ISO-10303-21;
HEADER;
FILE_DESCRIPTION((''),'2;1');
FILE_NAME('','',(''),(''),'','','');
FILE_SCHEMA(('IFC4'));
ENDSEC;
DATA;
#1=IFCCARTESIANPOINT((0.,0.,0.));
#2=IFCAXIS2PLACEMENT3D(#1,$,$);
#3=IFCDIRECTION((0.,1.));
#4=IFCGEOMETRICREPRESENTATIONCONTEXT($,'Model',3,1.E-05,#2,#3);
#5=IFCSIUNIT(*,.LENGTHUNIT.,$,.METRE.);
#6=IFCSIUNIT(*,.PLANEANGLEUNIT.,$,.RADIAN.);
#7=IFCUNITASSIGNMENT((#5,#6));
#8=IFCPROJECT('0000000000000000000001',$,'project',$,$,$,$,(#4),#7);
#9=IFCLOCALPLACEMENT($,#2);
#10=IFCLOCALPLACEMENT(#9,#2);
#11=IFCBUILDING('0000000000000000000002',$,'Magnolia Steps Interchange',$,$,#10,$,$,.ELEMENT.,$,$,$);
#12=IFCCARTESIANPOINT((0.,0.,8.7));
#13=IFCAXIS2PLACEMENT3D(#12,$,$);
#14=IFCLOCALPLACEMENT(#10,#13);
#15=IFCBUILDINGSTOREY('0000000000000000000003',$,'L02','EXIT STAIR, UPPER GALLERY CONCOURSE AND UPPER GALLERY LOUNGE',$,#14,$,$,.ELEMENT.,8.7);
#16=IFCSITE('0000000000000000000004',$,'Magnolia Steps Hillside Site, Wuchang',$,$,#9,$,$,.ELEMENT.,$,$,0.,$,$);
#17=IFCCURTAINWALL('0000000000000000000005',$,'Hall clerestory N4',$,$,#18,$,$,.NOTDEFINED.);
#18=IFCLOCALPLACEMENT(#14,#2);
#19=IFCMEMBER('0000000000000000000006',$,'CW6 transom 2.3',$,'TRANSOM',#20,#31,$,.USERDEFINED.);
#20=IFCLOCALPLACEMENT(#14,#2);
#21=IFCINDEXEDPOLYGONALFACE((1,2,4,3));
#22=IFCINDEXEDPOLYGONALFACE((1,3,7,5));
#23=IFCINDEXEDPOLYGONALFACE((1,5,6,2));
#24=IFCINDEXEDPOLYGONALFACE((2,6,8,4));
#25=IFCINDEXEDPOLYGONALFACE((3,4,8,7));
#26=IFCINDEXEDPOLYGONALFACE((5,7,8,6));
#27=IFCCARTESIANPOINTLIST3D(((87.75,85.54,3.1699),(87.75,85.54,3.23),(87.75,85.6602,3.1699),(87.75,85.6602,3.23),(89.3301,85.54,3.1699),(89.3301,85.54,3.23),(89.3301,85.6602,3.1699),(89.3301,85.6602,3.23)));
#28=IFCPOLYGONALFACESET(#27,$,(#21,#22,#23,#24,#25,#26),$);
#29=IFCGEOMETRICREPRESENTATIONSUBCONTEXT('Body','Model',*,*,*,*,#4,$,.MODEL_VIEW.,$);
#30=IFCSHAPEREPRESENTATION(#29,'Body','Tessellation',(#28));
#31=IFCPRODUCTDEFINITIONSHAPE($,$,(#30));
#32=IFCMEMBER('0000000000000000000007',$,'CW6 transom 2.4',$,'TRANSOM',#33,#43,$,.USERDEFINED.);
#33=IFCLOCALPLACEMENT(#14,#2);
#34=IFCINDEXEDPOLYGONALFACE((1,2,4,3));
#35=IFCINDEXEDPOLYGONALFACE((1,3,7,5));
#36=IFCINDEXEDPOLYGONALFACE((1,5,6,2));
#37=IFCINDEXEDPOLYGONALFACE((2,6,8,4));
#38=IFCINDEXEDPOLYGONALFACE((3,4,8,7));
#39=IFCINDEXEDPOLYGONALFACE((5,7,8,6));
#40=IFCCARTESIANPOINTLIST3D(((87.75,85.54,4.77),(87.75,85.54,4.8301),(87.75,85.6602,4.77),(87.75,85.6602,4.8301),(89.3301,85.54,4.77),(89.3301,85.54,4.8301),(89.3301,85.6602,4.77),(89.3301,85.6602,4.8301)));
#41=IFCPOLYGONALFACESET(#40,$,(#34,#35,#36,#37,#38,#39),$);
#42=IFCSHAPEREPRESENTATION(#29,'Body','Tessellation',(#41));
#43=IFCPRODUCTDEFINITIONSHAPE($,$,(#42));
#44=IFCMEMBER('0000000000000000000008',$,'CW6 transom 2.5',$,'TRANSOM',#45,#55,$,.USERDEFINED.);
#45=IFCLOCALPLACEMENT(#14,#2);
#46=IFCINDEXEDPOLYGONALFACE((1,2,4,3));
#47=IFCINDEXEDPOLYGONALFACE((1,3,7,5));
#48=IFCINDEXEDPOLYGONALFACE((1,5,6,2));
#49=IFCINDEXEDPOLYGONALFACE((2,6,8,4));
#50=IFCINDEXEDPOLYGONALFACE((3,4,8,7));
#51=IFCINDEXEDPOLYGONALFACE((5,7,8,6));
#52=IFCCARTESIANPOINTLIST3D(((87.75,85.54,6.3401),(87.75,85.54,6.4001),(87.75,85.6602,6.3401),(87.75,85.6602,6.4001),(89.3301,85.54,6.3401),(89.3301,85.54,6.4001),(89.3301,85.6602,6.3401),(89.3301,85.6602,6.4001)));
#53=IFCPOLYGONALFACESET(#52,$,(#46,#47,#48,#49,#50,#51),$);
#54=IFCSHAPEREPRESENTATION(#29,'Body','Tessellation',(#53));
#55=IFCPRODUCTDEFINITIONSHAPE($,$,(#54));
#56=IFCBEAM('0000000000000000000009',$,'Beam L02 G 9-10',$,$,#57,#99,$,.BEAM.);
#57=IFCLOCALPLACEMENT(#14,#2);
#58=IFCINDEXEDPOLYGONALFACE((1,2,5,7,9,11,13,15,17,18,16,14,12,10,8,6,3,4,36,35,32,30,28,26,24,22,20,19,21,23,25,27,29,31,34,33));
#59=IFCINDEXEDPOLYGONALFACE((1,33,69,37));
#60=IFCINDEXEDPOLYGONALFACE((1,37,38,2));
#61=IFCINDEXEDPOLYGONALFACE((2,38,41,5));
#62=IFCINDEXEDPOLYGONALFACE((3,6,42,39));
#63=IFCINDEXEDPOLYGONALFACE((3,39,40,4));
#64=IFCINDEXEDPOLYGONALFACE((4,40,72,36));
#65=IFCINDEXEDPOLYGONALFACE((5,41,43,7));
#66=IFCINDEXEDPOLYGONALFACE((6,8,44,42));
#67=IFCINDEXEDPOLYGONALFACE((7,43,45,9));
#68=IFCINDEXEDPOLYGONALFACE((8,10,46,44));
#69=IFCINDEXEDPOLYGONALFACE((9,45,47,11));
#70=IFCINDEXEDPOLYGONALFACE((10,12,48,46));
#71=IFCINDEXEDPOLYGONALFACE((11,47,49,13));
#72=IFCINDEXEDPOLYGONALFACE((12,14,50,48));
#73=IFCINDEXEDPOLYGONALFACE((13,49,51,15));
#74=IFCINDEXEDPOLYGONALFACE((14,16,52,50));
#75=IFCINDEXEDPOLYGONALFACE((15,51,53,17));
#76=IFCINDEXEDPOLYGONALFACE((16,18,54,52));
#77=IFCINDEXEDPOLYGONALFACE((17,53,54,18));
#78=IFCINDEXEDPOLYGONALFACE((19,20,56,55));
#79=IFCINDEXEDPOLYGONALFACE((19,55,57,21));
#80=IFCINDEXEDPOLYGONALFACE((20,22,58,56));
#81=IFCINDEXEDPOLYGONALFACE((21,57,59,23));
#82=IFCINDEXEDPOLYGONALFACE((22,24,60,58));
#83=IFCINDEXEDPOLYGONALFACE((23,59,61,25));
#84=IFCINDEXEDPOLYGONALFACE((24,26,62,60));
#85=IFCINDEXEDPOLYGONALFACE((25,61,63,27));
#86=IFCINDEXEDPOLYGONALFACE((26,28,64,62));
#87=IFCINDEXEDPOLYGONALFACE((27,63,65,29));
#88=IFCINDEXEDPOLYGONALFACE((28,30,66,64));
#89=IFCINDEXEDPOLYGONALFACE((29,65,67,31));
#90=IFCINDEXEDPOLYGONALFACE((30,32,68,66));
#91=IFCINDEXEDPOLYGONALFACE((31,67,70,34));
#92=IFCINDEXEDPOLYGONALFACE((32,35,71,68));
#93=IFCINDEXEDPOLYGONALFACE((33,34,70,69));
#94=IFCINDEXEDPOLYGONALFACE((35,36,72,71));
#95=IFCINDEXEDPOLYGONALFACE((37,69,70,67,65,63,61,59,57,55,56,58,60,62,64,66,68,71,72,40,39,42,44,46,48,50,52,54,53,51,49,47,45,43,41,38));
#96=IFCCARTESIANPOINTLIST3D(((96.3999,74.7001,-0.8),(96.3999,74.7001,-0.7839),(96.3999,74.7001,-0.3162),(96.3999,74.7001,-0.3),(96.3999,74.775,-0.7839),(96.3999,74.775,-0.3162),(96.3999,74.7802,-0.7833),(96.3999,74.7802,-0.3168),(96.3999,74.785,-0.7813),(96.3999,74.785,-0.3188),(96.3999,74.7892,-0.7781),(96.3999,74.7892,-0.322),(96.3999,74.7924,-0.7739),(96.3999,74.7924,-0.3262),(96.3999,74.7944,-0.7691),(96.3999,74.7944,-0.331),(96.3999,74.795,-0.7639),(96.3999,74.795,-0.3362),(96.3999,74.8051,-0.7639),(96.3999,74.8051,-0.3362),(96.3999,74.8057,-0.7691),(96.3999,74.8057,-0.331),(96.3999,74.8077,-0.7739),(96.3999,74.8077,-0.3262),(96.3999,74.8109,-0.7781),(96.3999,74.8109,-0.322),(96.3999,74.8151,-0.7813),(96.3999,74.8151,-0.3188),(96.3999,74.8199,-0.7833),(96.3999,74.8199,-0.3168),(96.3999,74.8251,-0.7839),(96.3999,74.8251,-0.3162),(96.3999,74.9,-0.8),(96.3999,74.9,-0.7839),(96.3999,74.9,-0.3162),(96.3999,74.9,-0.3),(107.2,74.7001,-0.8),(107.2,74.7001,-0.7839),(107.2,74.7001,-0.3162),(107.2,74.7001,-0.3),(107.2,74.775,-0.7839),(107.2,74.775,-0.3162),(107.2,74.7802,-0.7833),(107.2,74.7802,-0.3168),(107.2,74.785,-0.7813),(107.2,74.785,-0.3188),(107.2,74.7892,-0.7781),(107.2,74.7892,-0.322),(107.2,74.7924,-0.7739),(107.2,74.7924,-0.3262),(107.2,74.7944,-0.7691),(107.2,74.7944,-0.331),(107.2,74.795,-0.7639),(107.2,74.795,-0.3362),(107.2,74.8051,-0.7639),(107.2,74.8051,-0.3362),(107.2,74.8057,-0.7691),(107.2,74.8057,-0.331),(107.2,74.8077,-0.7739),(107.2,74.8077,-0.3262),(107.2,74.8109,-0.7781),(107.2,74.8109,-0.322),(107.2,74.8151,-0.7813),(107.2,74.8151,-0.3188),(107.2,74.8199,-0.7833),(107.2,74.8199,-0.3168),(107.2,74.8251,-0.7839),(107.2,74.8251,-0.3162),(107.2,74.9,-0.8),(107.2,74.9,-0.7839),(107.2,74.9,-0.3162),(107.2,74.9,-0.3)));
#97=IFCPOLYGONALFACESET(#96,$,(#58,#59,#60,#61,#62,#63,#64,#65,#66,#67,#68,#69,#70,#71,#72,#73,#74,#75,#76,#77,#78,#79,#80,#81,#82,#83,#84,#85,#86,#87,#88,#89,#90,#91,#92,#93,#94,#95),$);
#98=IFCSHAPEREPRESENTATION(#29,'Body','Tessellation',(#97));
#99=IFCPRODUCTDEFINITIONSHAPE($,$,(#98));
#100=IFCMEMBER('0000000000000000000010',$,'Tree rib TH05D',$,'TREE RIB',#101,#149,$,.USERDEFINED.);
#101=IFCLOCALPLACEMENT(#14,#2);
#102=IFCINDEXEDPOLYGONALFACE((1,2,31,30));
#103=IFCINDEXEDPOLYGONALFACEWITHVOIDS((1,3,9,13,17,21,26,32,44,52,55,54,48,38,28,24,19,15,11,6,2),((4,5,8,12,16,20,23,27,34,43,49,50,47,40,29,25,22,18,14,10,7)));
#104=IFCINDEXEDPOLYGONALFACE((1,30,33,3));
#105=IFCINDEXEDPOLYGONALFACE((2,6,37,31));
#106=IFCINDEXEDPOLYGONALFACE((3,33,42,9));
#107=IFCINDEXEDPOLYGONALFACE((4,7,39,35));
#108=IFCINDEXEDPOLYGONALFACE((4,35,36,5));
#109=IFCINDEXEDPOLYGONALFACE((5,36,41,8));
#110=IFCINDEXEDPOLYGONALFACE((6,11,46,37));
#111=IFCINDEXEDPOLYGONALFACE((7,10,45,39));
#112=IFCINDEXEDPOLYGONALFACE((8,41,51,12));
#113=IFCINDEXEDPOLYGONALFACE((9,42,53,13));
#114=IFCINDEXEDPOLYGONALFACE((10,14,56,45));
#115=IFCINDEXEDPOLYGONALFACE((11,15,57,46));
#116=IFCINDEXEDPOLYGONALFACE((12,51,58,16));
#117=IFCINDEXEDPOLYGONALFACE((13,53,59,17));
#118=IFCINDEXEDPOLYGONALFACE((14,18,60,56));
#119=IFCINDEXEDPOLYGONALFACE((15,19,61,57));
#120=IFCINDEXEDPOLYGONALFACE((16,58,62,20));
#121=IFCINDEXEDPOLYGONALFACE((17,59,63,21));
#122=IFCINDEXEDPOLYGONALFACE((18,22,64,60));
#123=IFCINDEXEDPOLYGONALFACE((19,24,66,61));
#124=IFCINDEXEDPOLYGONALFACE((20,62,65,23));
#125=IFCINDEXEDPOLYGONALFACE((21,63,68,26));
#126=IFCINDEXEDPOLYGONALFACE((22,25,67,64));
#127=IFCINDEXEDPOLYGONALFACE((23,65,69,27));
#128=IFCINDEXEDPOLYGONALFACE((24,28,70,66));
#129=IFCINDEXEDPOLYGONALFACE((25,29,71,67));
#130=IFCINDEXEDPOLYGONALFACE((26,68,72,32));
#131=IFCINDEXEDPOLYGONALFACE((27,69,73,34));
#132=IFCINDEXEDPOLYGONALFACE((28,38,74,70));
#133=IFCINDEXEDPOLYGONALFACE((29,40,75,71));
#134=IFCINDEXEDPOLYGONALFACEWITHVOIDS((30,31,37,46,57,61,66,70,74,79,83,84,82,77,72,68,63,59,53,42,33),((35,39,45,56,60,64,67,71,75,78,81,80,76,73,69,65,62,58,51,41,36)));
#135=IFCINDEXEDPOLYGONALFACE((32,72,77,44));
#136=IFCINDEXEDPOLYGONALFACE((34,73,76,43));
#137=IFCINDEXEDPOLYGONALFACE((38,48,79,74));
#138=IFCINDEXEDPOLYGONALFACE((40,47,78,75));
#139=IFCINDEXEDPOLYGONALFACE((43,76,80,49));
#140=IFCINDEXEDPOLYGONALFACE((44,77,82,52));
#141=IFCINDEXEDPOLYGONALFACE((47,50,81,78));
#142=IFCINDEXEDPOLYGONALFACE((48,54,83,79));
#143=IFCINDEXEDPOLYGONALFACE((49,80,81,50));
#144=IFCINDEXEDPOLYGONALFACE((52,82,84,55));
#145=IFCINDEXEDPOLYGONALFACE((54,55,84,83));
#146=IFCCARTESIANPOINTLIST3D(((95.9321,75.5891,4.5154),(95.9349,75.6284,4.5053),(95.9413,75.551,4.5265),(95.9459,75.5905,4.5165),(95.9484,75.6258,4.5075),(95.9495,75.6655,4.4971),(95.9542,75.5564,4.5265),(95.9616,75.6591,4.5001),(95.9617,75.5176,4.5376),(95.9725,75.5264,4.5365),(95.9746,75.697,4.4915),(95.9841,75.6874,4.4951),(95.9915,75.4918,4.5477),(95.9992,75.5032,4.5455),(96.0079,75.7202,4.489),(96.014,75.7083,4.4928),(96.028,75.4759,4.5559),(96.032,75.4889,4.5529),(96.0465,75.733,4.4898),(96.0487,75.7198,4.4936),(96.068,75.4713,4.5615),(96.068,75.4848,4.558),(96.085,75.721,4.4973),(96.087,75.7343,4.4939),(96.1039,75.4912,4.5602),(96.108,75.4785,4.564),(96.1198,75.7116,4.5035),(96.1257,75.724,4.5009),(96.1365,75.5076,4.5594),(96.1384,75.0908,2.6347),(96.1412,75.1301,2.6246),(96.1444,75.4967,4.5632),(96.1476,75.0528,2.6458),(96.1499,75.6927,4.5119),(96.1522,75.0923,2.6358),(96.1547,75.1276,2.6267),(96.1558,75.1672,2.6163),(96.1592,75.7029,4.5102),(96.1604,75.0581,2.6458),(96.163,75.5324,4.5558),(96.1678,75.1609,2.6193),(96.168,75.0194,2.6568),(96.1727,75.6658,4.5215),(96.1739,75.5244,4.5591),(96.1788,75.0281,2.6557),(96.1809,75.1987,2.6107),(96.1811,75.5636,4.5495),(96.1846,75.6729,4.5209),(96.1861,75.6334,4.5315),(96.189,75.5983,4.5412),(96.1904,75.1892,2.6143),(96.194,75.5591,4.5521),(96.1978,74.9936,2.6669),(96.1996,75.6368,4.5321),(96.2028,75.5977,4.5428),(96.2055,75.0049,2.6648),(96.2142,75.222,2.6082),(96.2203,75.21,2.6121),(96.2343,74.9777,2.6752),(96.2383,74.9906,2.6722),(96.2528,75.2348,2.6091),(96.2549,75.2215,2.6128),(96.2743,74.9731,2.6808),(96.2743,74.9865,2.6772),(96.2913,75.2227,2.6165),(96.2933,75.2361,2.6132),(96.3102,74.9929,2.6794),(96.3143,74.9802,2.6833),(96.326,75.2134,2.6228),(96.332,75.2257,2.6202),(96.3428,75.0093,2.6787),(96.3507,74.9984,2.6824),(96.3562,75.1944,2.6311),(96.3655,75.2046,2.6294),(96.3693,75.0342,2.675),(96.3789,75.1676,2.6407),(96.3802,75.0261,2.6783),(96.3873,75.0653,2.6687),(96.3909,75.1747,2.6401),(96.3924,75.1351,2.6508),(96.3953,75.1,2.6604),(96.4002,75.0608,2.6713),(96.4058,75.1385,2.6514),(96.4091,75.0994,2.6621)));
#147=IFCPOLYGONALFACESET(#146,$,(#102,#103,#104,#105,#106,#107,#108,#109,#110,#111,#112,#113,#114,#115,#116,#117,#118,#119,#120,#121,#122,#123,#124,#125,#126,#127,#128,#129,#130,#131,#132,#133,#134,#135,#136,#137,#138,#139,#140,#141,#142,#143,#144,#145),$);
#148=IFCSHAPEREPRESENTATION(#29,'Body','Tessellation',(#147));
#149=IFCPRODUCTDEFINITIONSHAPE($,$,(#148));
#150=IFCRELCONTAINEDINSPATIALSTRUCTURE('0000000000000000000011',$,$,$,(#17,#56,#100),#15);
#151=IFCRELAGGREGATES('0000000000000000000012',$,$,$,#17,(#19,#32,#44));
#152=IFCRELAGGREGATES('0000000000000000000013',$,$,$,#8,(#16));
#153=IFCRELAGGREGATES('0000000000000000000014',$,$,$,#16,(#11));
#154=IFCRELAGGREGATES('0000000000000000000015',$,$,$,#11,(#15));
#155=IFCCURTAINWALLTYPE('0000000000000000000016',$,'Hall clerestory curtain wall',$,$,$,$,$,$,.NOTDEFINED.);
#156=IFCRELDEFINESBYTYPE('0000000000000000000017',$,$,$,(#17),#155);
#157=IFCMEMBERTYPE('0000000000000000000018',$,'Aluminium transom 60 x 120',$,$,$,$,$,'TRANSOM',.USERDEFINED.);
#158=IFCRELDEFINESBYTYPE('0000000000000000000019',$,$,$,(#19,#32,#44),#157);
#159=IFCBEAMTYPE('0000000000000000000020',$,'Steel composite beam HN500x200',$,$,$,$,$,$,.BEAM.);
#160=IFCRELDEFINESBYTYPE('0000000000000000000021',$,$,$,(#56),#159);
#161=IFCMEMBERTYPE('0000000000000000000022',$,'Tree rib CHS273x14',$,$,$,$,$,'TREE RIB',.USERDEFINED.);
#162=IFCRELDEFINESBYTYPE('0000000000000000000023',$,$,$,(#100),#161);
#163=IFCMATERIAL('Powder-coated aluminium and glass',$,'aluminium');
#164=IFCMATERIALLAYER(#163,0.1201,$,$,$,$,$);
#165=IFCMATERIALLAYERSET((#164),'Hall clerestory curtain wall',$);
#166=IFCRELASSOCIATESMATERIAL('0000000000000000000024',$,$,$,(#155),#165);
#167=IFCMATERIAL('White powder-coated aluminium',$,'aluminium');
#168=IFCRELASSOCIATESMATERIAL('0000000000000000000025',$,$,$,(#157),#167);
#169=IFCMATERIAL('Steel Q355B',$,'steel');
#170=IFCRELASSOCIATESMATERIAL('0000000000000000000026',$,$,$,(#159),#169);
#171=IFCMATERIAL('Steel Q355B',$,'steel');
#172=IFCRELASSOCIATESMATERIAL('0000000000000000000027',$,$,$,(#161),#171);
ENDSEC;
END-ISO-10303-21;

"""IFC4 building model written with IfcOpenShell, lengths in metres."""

from ifc_helpers import new_model, si_unit, direction, frame, origin, origin_2d, place, context, subcontext, project, spatial, rectangle, hollow_circle, i_section, extrude, material, layer, layer_set, material_profile, profile_set, type_object, element, aggregate, save


model = new_model("IFC4")

# Units and contexts
model_context = context("Model", 3, precision=1e-05, world=origin(), true_north=direction((0.0, 1.0)))
body_context = subcontext(model_context, "Body", "Model", "MODEL_VIEW")
ifc_project = project(units=[si_unit("LENGTHUNIT", "METRE"), si_unit("PLANEANGLEUNIT", "RADIAN")], contexts=[model_context])

# Site, building, storey
site_placement = place(None, origin())
site = spatial("IfcSite", under=ifc_project, at=site_placement, Name="Magnolia Steps Hillside Site, Wuchang", CompositionType="ELEMENT", RefElevation=0.0)
building_placement = place(site_placement, origin())
building = spatial("IfcBuilding", under=site, at=building_placement, Name="Magnolia Steps Interchange", CompositionType="ELEMENT")
storey_placement = place(building_placement, frame((0.0, 0.0, 8.7)))
storey = spatial("IfcBuildingStorey", under=building, at=storey_placement, Name="L02", Description="EXIT STAIR, UPPER GALLERY CONCOURSE AND UPPER GALLERY LOUNGE", CompositionType="ELEMENT", Elevation=8.7)

# Curtain wall, members
ifc_material_1 = material(Name="Powder-coated aluminium and glass", Category="aluminium")
ifc_layer_1 = layer(ifc_material_1, 0.1201)
ifc_layer_set_1 = layer_set([ifc_layer_1], Name="Hall clerestory curtain wall")
curtain_wall_type = type_object("IfcCurtainWallType", Name="Hall clerestory curtain wall", PredefinedType="NOTDEFINED", material=ifc_layer_set_1)
curtain_wall_placement = place(storey_placement, origin())
curtain_wall = element("IfcCurtainWall", 1, at=curtain_wall_placement, inside=storey, type_object=curtain_wall_type, Name="Hall clerestory N4", PredefinedType="NOTDEFINED")
ifc_material_2 = material(Name="White powder-coated aluminium", Category="aluminium")
ifc_material_profile_1 = material_profile(ifc_material_2, rectangle(XDim=0.0601, YDim=0.1201, at=origin_2d()), Name="Aluminium transom 60 x 120")
ifc_profile_set_1 = profile_set([ifc_material_profile_1], Name="White powder-coated aluminium")
member_type_1 = type_object("IfcMemberType", Name="Aluminium transom 60 x 120", ElementType="TRANSOM", PredefinedType="USERDEFINED", material=ifc_profile_set_1)
member_1_placement = place(storey_placement, frame((87.75, 85.6001, 3.2), z_axis=(1.0, 0.0, 0.0), x_axis=(0.0, 0.0, 1.0)))
member_1 = element("IfcMember", 2, at=member_1_placement, type_object=member_type_1, Name="CW6 transom 2.3", ObjectType="TRANSOM", PredefinedType="USERDEFINED", context=body_context, shape_type="SweptSolid", body=[
    extrude(rectangle(XDim=0.0601, YDim=0.1201, at=origin_2d()), origin(), (0.0, 0.0, 1.0), 1.5801),
])
member_2_placement = place(storey_placement, frame((87.75, 85.6001, 4.8), z_axis=(1.0, 0.0, 0.0), x_axis=(0.0, 0.0, 1.0)))
member_2 = element("IfcMember", 3, at=member_2_placement, type_object=member_type_1, Name="CW6 transom 2.4", ObjectType="TRANSOM", PredefinedType="USERDEFINED", context=body_context, shape_type="SweptSolid", body=[
    extrude(rectangle(XDim=0.0601, YDim=0.1201, at=origin_2d()), origin(), (0.0, 0.0, 1.0), 1.5801),
])
member_3_placement = place(storey_placement, frame((87.75, 85.6001, 6.3701), z_axis=(1.0, 0.0, 0.0), x_axis=(0.0, 0.0, 1.0)))
member_3 = element("IfcMember", 4, at=member_3_placement, type_object=member_type_1, Name="CW6 transom 2.5", ObjectType="TRANSOM", PredefinedType="USERDEFINED", context=body_context, shape_type="SweptSolid", body=[
    extrude(rectangle(XDim=0.0601, YDim=0.1201, at=origin_2d()), origin(), (0.0, 0.0, 1.0), 1.5801),
])

# Beam
ifc_material_3 = material(Name="Steel Q355B", Category="steel")
ifc_material_profile_2 = material_profile(ifc_material_3, i_section(OverallWidth=0.2, OverallDepth=0.5, WebThickness=0.01, FlangeThickness=0.0161, FilletRadius=0.02, at=origin_2d()), Name="HN500x200")
ifc_profile_set_2 = profile_set([ifc_material_profile_2], Name="Steel Q355B")
beam_type = type_object("IfcBeamType", Name="Steel composite beam HN500x200", PredefinedType="BEAM", material=ifc_profile_set_2)
beam_placement = place(storey_placement, frame((96.3999, 74.8, -0.55), z_axis=(1.0, 0.0, 0.0), x_axis=(0.0, 1.0, 0.0)))
element("IfcBeam", 5, at=beam_placement, inside=storey, type_object=beam_type, Name="Beam L02 G 9-10", PredefinedType="BEAM", context=body_context, shape_type="SweptSolid", body=[
    extrude(i_section(OverallWidth=0.2, OverallDepth=0.5, WebThickness=0.01, FlangeThickness=0.0161, FilletRadius=0.02, at=origin_2d()), origin(), (0.0, 0.0, 1.0), 10.8),
])

# Member
ifc_material_4 = material(Name="Steel Q355B", Category="steel")
ifc_material_profile_3 = material_profile(ifc_material_4, hollow_circle(Radius=0.1365, WallThickness=0.0139, at=origin_2d()), Name="CHS273x14")
ifc_profile_set_3 = profile_set([ifc_material_profile_3], Name="Steel Q355B")
member_type_2 = type_object("IfcMemberType", Name="Tree rib CHS273x14", ElementType="TREE RIB", PredefinedType="USERDEFINED", material=ifc_profile_set_3)
member_4_placement = place(storey_placement, frame((96.2737, 75.105, 2.6458), z_axis=(-0.105435, 0.254665, 0.961264), x_axis=(-0.923945, -0.382525, 0.0)))
element("IfcMember", 6, at=member_4_placement, inside=storey, type_object=member_type_2, Name="Tree rib TH05D", ObjectType="TREE RIB", PredefinedType="USERDEFINED", context=body_context, shape_type="SweptSolid", body=[
    extrude(hollow_circle(Radius=0.1365, WallThickness=0.0139, at=origin_2d()), origin(), (0.0, 0.0, 1.0), 1.9565),
])

aggregate(curtain_wall, [member_1, member_2, member_3])

save(model, "model.ifc")
